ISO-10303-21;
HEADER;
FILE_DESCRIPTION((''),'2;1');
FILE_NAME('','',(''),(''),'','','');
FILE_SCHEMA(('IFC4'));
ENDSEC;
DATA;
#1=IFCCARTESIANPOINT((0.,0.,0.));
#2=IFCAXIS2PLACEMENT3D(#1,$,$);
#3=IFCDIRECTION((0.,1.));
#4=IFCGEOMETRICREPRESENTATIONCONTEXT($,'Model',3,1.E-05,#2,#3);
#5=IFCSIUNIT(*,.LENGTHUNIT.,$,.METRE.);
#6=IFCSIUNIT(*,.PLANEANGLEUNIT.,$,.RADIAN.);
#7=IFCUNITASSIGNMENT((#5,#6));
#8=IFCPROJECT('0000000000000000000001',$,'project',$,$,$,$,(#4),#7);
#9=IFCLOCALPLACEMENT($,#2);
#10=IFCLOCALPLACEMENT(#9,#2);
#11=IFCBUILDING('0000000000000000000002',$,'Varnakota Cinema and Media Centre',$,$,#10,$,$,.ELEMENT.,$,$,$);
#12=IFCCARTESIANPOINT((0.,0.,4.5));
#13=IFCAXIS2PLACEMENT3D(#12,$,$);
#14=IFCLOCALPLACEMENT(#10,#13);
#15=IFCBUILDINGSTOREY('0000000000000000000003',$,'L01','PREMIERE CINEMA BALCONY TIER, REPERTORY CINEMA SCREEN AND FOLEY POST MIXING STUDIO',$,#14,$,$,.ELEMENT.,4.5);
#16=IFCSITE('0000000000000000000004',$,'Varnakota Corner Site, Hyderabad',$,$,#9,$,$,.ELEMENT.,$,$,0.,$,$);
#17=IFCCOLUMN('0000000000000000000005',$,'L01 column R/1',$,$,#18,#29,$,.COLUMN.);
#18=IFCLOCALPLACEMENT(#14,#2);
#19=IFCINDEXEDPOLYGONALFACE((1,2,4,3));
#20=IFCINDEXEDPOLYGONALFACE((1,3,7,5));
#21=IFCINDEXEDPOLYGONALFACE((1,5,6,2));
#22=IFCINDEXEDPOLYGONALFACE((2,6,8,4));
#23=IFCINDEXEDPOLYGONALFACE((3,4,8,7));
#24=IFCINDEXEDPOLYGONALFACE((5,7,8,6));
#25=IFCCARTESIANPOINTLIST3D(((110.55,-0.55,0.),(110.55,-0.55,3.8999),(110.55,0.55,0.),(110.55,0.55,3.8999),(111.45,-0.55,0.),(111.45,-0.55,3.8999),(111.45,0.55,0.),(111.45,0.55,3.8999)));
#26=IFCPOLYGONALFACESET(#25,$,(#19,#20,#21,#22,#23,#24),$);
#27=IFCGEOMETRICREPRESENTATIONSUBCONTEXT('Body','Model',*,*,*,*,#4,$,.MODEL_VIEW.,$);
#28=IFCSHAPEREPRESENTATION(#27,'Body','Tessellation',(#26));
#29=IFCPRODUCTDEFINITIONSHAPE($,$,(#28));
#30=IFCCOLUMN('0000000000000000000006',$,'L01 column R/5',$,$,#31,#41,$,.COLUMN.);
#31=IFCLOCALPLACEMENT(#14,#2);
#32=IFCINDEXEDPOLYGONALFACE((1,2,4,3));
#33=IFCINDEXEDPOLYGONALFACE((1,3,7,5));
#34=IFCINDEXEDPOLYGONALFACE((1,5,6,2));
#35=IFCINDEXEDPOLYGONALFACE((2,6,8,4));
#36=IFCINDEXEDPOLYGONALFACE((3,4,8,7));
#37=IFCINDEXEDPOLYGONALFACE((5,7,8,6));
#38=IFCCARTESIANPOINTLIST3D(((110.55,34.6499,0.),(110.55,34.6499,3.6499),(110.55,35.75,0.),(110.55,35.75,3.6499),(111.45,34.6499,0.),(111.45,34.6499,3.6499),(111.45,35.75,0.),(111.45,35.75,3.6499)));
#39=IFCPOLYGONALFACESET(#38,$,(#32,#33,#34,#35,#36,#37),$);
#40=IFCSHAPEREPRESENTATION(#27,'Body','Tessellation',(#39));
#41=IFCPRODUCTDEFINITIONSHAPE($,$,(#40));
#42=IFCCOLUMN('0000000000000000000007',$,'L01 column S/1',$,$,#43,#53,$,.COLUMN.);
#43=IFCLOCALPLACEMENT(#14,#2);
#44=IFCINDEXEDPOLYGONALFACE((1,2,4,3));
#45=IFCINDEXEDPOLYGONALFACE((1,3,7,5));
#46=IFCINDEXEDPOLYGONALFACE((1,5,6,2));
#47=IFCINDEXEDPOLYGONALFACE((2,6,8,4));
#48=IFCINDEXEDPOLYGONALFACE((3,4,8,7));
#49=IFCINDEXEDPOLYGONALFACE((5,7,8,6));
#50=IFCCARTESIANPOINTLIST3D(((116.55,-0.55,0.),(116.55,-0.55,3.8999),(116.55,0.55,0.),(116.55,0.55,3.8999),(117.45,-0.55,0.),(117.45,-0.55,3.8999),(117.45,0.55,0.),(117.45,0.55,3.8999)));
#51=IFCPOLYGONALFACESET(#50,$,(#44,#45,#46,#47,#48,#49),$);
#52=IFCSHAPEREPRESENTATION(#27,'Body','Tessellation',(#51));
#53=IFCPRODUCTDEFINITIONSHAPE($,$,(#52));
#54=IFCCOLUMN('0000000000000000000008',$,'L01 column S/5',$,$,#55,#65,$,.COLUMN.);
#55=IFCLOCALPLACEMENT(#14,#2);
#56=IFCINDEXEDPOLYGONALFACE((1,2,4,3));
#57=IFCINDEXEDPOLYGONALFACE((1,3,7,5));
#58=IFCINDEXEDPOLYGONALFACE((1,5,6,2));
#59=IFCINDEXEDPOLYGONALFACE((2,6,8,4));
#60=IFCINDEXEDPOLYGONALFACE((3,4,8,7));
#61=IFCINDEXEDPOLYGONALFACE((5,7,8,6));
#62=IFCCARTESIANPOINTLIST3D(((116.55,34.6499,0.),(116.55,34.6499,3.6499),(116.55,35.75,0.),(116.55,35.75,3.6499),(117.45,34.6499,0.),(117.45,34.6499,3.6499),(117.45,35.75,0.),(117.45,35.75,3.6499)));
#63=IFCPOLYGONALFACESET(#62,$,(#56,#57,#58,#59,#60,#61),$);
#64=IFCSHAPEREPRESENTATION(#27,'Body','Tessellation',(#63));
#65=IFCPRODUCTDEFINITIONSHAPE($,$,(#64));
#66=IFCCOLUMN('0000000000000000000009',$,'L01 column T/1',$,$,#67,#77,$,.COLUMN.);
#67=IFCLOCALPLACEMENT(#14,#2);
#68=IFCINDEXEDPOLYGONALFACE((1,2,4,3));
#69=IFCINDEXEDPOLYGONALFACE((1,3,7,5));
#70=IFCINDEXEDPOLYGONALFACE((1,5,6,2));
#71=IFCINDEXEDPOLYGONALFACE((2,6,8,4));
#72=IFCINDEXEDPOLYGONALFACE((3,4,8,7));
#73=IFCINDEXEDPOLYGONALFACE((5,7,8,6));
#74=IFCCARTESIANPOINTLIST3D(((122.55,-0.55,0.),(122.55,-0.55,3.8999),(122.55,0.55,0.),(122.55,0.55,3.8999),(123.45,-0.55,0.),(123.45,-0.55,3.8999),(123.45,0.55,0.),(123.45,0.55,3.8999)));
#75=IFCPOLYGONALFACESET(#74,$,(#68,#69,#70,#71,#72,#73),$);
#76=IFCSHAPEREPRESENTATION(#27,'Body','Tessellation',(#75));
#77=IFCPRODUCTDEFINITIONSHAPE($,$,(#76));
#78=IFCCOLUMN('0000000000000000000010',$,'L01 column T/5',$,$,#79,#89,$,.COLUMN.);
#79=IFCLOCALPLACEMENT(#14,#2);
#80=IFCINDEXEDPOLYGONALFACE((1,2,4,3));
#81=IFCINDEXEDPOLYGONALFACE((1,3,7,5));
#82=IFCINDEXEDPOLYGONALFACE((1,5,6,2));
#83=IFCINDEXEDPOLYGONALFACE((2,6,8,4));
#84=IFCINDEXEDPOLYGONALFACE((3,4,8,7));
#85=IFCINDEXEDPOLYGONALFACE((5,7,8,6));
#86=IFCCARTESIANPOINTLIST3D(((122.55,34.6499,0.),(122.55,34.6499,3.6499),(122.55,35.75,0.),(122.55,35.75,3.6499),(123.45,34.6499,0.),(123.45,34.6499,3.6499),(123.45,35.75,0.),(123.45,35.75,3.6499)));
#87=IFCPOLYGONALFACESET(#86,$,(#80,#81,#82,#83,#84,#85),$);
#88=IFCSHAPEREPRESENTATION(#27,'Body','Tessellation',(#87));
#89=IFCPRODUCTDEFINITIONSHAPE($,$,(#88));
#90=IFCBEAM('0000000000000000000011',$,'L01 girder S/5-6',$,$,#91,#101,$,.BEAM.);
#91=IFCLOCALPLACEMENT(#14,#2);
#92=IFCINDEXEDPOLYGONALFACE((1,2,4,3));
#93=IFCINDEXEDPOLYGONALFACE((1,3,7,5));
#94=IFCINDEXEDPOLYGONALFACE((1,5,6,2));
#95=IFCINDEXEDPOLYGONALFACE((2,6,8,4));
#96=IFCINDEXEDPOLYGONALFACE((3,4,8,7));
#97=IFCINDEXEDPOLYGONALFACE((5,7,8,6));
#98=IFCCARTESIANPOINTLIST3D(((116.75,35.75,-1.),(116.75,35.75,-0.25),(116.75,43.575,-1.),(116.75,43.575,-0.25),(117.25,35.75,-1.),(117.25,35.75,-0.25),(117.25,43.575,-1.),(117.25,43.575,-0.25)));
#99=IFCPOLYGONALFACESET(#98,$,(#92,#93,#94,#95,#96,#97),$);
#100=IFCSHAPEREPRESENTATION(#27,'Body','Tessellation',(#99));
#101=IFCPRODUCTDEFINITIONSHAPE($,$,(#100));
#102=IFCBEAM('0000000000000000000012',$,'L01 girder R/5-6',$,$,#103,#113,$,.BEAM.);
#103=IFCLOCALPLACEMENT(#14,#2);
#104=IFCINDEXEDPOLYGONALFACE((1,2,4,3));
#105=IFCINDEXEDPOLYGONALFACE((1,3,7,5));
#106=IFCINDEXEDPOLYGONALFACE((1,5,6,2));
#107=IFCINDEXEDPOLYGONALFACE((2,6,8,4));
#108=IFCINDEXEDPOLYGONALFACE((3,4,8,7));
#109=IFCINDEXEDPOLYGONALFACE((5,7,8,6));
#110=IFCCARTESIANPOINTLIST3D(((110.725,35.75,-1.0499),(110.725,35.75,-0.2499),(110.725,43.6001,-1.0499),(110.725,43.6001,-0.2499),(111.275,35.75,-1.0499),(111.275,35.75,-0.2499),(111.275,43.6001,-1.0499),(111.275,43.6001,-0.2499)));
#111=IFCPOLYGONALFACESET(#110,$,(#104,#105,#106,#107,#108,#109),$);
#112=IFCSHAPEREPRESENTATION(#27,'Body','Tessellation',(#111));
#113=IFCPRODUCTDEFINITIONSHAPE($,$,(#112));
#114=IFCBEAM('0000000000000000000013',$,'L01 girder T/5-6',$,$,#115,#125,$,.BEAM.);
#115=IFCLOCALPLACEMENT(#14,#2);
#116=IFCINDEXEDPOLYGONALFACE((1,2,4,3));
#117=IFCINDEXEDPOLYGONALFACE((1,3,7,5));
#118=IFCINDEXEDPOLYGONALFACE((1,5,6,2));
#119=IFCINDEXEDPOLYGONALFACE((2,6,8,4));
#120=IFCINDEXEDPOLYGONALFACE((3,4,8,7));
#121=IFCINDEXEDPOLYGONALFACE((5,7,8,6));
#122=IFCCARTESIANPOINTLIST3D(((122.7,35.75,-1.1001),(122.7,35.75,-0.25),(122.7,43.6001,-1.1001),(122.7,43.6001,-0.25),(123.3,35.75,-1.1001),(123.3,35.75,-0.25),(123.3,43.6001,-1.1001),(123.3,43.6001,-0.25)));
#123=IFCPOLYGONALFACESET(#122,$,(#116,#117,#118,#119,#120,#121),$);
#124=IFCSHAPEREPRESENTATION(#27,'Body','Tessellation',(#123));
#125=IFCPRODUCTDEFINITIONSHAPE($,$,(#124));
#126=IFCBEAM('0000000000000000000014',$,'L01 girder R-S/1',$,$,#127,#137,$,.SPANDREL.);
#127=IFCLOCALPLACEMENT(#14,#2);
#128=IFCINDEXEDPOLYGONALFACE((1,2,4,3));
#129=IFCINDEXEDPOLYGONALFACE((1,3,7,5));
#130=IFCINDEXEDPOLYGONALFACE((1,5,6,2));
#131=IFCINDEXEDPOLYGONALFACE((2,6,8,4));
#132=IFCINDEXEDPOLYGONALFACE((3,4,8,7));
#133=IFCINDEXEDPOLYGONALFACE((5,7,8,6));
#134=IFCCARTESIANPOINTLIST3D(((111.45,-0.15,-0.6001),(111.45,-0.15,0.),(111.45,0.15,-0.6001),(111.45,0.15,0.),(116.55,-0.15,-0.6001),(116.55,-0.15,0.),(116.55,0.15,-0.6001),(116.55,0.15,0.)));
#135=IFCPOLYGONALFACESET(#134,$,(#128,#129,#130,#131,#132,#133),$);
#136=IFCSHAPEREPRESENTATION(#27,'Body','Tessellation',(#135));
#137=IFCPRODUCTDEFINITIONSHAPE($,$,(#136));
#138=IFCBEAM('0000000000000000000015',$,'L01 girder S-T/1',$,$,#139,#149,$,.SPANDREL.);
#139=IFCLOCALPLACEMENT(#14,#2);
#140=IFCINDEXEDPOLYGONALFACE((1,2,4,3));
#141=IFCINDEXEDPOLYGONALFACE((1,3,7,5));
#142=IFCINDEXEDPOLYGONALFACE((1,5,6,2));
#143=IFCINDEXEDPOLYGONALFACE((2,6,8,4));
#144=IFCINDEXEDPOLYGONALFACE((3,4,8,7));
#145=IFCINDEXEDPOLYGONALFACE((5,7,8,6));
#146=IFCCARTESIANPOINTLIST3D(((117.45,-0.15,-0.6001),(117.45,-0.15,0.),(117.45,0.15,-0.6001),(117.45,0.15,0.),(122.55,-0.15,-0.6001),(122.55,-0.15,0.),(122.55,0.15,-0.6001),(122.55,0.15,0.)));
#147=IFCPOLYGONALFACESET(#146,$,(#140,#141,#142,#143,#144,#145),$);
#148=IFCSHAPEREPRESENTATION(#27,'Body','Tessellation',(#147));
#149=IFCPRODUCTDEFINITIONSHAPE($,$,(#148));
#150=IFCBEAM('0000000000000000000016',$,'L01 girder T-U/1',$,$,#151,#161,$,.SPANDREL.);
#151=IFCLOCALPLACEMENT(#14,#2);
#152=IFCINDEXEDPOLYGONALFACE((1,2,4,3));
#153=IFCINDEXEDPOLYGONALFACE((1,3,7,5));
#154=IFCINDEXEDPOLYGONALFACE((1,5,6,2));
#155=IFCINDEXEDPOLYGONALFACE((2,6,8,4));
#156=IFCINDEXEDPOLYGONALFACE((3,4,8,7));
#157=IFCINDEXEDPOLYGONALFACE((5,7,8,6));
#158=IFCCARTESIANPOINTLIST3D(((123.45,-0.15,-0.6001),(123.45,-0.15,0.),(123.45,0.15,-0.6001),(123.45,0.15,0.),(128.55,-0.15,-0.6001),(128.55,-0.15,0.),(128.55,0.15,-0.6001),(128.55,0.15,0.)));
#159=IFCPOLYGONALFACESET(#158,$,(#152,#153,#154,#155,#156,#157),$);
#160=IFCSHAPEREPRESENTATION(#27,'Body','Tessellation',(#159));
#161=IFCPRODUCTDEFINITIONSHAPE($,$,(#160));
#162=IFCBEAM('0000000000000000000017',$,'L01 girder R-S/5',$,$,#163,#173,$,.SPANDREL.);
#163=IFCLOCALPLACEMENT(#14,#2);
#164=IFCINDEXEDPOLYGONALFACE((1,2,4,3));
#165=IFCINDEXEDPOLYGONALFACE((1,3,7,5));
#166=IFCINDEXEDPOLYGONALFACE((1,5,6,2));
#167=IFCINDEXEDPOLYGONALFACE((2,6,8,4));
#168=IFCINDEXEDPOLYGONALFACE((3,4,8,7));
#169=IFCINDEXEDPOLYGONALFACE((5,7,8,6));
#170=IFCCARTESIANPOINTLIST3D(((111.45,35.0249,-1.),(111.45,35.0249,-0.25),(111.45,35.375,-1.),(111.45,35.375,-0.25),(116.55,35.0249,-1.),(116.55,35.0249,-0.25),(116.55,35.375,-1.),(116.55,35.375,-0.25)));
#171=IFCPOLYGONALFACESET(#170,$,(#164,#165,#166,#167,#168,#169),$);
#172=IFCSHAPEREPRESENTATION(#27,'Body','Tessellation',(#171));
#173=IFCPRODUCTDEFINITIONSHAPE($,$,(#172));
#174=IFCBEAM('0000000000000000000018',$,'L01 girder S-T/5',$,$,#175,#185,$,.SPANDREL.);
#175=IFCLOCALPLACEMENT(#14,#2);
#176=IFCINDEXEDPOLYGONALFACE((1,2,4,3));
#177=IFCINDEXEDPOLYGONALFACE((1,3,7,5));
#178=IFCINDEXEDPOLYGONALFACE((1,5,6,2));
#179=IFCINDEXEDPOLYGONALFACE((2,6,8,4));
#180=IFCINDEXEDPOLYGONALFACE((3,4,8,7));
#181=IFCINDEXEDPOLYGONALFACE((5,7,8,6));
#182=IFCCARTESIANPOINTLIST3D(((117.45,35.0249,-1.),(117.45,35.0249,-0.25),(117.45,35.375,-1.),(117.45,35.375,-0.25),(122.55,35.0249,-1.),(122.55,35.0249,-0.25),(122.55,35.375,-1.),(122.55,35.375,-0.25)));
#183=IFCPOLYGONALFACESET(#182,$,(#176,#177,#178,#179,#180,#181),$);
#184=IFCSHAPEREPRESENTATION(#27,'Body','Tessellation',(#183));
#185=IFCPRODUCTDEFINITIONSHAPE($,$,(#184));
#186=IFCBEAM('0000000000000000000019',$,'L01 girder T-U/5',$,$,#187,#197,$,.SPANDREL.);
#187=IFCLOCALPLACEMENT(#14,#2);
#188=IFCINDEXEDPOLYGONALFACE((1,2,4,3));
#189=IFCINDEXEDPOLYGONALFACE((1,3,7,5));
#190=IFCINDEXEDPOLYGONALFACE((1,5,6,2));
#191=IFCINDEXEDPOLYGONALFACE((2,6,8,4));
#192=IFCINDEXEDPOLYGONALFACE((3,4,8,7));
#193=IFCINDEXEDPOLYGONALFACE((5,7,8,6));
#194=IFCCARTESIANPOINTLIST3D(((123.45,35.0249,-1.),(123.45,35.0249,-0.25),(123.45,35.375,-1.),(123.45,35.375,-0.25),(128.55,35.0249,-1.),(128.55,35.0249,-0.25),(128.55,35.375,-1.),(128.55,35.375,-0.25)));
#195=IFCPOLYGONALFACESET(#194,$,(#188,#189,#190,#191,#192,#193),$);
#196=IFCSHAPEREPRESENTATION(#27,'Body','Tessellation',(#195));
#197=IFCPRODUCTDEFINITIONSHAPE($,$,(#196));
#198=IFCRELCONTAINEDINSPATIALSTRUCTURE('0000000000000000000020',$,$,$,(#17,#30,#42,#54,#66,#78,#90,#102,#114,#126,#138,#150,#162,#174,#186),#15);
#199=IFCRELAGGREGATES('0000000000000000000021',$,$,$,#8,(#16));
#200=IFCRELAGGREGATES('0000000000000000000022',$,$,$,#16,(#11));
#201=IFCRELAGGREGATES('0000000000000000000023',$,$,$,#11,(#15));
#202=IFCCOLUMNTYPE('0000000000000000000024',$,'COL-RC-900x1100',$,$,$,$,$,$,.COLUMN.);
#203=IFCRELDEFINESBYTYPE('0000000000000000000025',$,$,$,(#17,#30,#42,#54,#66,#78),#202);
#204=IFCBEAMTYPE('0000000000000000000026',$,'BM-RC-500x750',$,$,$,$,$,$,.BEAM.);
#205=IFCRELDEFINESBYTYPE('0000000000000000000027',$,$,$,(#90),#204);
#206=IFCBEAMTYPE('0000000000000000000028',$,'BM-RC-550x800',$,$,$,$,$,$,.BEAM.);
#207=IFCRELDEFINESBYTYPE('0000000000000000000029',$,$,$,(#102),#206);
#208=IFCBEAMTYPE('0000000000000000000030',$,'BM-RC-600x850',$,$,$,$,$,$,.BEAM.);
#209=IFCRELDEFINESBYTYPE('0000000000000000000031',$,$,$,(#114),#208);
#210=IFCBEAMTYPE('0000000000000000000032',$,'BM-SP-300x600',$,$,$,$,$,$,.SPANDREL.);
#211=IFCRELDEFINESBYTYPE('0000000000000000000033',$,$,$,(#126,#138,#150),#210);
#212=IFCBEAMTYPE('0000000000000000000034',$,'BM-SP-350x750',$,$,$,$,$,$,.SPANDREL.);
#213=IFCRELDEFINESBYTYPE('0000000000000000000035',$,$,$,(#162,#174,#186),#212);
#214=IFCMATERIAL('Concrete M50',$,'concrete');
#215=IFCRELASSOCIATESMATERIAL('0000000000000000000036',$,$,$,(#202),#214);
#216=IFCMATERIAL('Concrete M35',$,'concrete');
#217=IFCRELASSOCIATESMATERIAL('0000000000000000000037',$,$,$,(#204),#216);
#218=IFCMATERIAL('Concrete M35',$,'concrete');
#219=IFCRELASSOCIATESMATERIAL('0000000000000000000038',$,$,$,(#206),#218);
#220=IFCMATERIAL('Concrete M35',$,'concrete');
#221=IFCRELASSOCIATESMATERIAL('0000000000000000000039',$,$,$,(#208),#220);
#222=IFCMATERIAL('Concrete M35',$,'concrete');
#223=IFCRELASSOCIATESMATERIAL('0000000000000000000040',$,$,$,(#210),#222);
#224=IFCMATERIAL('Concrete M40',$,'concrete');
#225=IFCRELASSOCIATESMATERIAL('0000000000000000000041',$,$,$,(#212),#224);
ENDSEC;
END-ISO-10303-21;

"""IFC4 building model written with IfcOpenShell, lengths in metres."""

from ifc_helpers import new_model, si_unit, direction, frame, origin, origin_2d, place, context, subcontext, project, spatial, rectangle, extrude, material, material_profile, profile_set, type_object, element, save


model = new_model("IFC4")

# Units and contexts
model_context = context("Model", 3, precision=1e-05, world=origin(), true_north=direction((0.0, 1.0)))
body_context = subcontext(model_context, "Body", "Model", "MODEL_VIEW")
ifc_project = project(units=[si_unit("LENGTHUNIT", "METRE"), si_unit("PLANEANGLEUNIT", "RADIAN")], contexts=[model_context])

# Site, building, storey
site_placement = place(None, origin())
site = spatial("IfcSite", under=ifc_project, at=site_placement, Name="Varnakota Corner Site, Hyderabad", CompositionType="ELEMENT", RefElevation=0.0)
building_placement = place(site_placement, origin())
building = spatial("IfcBuilding", under=site, at=building_placement, Name="Varnakota Cinema and Media Centre", CompositionType="ELEMENT")
storey_placement = place(building_placement, frame((0.0, 0.0, 4.5)))
storey = spatial("IfcBuildingStorey", under=building, at=storey_placement, Name="L01", Description="PREMIERE CINEMA BALCONY TIER, REPERTORY CINEMA SCREEN AND FOLEY POST MIXING STUDIO", CompositionType="ELEMENT", Elevation=4.5)

# Columns
ifc_material_1 = material(Name="Concrete M50", Category="concrete")
ifc_material_profile_1 = material_profile(ifc_material_1, rectangle(XDim=0.8999, YDim=1.1001, at=origin_2d()), Name="RC 900x1100")
ifc_profile_set_1 = profile_set([ifc_material_profile_1], Name="Concrete M50")
column_type = type_object("IfcColumnType", Name="COL-RC-900x1100", PredefinedType="COLUMN", material=ifc_profile_set_1)
column_1_placement = place(storey_placement, frame((111.0, 0.0, 0.0), z_axis=(0.0, 0.0, 1.0), x_axis=(1.0, 0.0, 0.0)))
element("IfcColumn", 1, at=column_1_placement, inside=storey, type_object=column_type, Name="L01 column R/1", PredefinedType="COLUMN", context=body_context, shape_type="SweptSolid", body=[
    extrude(rectangle(XDim=0.8999, YDim=1.1001, at=origin_2d()), origin(), (0.0, 0.0, 1.0), 3.8999),
])
column_2_placement = place(storey_placement, frame((111.0, 35.2, 0.0), z_axis=(0.0, 0.0, 1.0), x_axis=(1.0, 0.0, 0.0)))
element("IfcColumn", 2, at=column_2_placement, inside=storey, type_object=column_type, Name="L01 column R/5", PredefinedType="COLUMN", context=body_context, shape_type="SweptSolid", body=[
    extrude(rectangle(XDim=0.8999, YDim=1.1001, at=origin_2d()), origin(), (0.0, 0.0, 1.0), 3.6499),
])
column_3_placement = place(storey_placement, frame((117.0, 0.0, 0.0), z_axis=(0.0, 0.0, 1.0), x_axis=(1.0, 0.0, 0.0)))
element("IfcColumn", 3, at=column_3_placement, inside=storey, type_object=column_type, Name="L01 column S/1", PredefinedType="COLUMN", context=body_context, shape_type="SweptSolid", body=[
    extrude(rectangle(XDim=0.8999, YDim=1.1001, at=origin_2d()), origin(), (0.0, 0.0, 1.0), 3.8999),
])
column_4_placement = place(storey_placement, frame((117.0, 35.2, 0.0), z_axis=(0.0, 0.0, 1.0), x_axis=(1.0, 0.0, 0.0)))
element("IfcColumn", 4, at=column_4_placement, inside=storey, type_object=column_type, Name="L01 column S/5", PredefinedType="COLUMN", context=body_context, shape_type="SweptSolid", body=[
    extrude(rectangle(XDim=0.8999, YDim=1.1001, at=origin_2d()), origin(), (0.0, 0.0, 1.0), 3.6499),
])
column_5_placement = place(storey_placement, frame((123.0, 0.0, 0.0), z_axis=(0.0, 0.0, 1.0), x_axis=(1.0, 0.0, 0.0)))
element("IfcColumn", 5, at=column_5_placement, inside=storey, type_object=column_type, Name="L01 column T/1", PredefinedType="COLUMN", context=body_context, shape_type="SweptSolid", body=[
    extrude(rectangle(XDim=0.8999, YDim=1.1001, at=origin_2d()), origin(), (0.0, 0.0, 1.0), 3.8999),
])
column_6_placement = place(storey_placement, frame((123.0, 35.2, 0.0), z_axis=(0.0, 0.0, 1.0), x_axis=(1.0, 0.0, 0.0)))
element("IfcColumn", 6, at=column_6_placement, inside=storey, type_object=column_type, Name="L01 column T/5", PredefinedType="COLUMN", context=body_context, shape_type="SweptSolid", body=[
    extrude(rectangle(XDim=0.8999, YDim=1.1001, at=origin_2d()), origin(), (0.0, 0.0, 1.0), 3.6499),
])

# Beams
ifc_material_2 = material(Name="Concrete M35", Category="concrete")
ifc_material_profile_2 = material_profile(ifc_material_2, rectangle(XDim=0.5, YDim=0.75, at=origin_2d()), Name="RCB 500x750")
ifc_profile_set_2 = profile_set([ifc_material_profile_2], Name="Concrete M35")
beam_type_1 = type_object("IfcBeamType", Name="BM-RC-500x750", PredefinedType="BEAM", material=ifc_profile_set_2)
beam_1_placement = place(storey_placement, frame((117.0, 35.75, -0.625), z_axis=(0.0, 1.0, 0.0), x_axis=(-1.0, 0.0, 0.0)))
element("IfcBeam", 7, at=beam_1_placement, inside=storey, type_object=beam_type_1, Name="L01 girder S/5-6", PredefinedType="BEAM", context=body_context, shape_type="SweptSolid", body=[
    extrude(rectangle(XDim=0.5, YDim=0.75, at=origin_2d()), origin(), (0.0, 0.0, 1.0), 7.825),
])
ifc_material_3 = material(Name="Concrete M35", Category="concrete")
ifc_material_profile_3 = material_profile(ifc_material_3, rectangle(XDim=0.55, YDim=0.8, at=origin_2d()), Name="RCB 550x800")
ifc_profile_set_3 = profile_set([ifc_material_profile_3], Name="Concrete M35")
beam_type_2 = type_object("IfcBeamType", Name="BM-RC-550x800", PredefinedType="BEAM", material=ifc_profile_set_3)
beam_2_placement = place(storey_placement, frame((111.0, 35.75, -0.6499), z_axis=(0.0, 1.0, 0.0), x_axis=(-1.0, 0.0, 0.0)))
element("IfcBeam", 8, at=beam_2_placement, inside=storey, type_object=beam_type_2, Name="L01 girder R/5-6", PredefinedType="BEAM", context=body_context, shape_type="SweptSolid", body=[
    extrude(rectangle(XDim=0.55, YDim=0.8, at=origin_2d()), origin(), (0.0, 0.0, 1.0), 7.8501),
])
ifc_material_4 = material(Name="Concrete M35", Category="concrete")
ifc_material_profile_4 = material_profile(ifc_material_4, rectangle(XDim=0.6001, YDim=0.8501, at=origin_2d()), Name="RCB 600x850")
ifc_profile_set_4 = profile_set([ifc_material_profile_4], Name="Concrete M35")
beam_type_3 = type_object("IfcBeamType", Name="BM-RC-600x850", PredefinedType="BEAM", material=ifc_profile_set_4)
beam_3_placement = place(storey_placement, frame((123.0, 35.75, -0.675), z_axis=(0.0, 1.0, 0.0), x_axis=(-1.0, 0.0, 0.0)))
element("IfcBeam", 9, at=beam_3_placement, inside=storey, type_object=beam_type_3, Name="L01 girder T/5-6", PredefinedType="BEAM", context=body_context, shape_type="SweptSolid", body=[
    extrude(rectangle(XDim=0.6001, YDim=0.8501, at=origin_2d()), origin(), (0.0, 0.0, 1.0), 7.8501),
])
ifc_material_5 = material(Name="Concrete M35", Category="concrete")
ifc_material_profile_5 = material_profile(ifc_material_5, rectangle(XDim=0.3, YDim=0.6001, at=origin_2d()), Name="RCB 300x600")
ifc_profile_set_5 = profile_set([ifc_material_profile_5], Name="Concrete M35")
beam_type_4 = type_object("IfcBeamType", Name="BM-SP-300x600", PredefinedType="SPANDREL", material=ifc_profile_set_5)
for number, where, z_axis, x_axis, name in (
    (10, (111.45, 0.0, -0.3), (1.0, 0.0, 0.0), (0.0, 1.0, 0.0), "L01 girder R-S/1"),
    (11, (117.45, 0.0, -0.3), (1.0, 0.0, 0.0), (0.0, 1.0, 0.0), "L01 girder S-T/1"),
    (12, (123.45, 0.0, -0.3), (1.0, 0.0, 0.0), (0.0, 1.0, 0.0), "L01 girder T-U/1"),
):
    element("IfcBeam", number, at=place(storey_placement, frame(where, z_axis=z_axis, x_axis=x_axis)), inside=storey, type_object=beam_type_4, Name=name, PredefinedType="SPANDREL", context=body_context, shape_type="SweptSolid", body=[
        extrude(rectangle(XDim=0.3, YDim=0.6001, at=origin_2d()), origin(), (0.0, 0.0, 1.0), 5.1001),
    ])
ifc_material_6 = material(Name="Concrete M40", Category="concrete")
ifc_material_profile_6 = material_profile(ifc_material_6, rectangle(XDim=0.3501, YDim=0.75, at=origin_2d()), Name="RCB 350x750")
ifc_profile_set_6 = profile_set([ifc_material_profile_6], Name="Concrete M40")
beam_type_5 = type_object("IfcBeamType", Name="BM-SP-350x750", PredefinedType="SPANDREL", material=ifc_profile_set_6)
for number, where, z_axis, x_axis, name in (
    (13, (111.45, 35.2, -0.625), (1.0, 0.0, 0.0), (0.0, 1.0, 0.0), "L01 girder R-S/5"),
    (14, (117.45, 35.2, -0.625), (1.0, 0.0, 0.0), (0.0, 1.0, 0.0), "L01 girder S-T/5"),
    (15, (123.45, 35.2, -0.625), (1.0, 0.0, 0.0), (0.0, 1.0, 0.0), "L01 girder T-U/5"),
):
    element("IfcBeam", number, at=place(storey_placement, frame(where, z_axis=z_axis, x_axis=x_axis)), inside=storey, type_object=beam_type_5, Name=name, PredefinedType="SPANDREL", context=body_context, shape_type="SweptSolid", body=[
        extrude(rectangle(XDim=0.3501, YDim=0.75, at=origin_2d()), origin(), (0.0, 0.0, 1.0), 5.1001),
    ])

save(model, "model.ifc")
